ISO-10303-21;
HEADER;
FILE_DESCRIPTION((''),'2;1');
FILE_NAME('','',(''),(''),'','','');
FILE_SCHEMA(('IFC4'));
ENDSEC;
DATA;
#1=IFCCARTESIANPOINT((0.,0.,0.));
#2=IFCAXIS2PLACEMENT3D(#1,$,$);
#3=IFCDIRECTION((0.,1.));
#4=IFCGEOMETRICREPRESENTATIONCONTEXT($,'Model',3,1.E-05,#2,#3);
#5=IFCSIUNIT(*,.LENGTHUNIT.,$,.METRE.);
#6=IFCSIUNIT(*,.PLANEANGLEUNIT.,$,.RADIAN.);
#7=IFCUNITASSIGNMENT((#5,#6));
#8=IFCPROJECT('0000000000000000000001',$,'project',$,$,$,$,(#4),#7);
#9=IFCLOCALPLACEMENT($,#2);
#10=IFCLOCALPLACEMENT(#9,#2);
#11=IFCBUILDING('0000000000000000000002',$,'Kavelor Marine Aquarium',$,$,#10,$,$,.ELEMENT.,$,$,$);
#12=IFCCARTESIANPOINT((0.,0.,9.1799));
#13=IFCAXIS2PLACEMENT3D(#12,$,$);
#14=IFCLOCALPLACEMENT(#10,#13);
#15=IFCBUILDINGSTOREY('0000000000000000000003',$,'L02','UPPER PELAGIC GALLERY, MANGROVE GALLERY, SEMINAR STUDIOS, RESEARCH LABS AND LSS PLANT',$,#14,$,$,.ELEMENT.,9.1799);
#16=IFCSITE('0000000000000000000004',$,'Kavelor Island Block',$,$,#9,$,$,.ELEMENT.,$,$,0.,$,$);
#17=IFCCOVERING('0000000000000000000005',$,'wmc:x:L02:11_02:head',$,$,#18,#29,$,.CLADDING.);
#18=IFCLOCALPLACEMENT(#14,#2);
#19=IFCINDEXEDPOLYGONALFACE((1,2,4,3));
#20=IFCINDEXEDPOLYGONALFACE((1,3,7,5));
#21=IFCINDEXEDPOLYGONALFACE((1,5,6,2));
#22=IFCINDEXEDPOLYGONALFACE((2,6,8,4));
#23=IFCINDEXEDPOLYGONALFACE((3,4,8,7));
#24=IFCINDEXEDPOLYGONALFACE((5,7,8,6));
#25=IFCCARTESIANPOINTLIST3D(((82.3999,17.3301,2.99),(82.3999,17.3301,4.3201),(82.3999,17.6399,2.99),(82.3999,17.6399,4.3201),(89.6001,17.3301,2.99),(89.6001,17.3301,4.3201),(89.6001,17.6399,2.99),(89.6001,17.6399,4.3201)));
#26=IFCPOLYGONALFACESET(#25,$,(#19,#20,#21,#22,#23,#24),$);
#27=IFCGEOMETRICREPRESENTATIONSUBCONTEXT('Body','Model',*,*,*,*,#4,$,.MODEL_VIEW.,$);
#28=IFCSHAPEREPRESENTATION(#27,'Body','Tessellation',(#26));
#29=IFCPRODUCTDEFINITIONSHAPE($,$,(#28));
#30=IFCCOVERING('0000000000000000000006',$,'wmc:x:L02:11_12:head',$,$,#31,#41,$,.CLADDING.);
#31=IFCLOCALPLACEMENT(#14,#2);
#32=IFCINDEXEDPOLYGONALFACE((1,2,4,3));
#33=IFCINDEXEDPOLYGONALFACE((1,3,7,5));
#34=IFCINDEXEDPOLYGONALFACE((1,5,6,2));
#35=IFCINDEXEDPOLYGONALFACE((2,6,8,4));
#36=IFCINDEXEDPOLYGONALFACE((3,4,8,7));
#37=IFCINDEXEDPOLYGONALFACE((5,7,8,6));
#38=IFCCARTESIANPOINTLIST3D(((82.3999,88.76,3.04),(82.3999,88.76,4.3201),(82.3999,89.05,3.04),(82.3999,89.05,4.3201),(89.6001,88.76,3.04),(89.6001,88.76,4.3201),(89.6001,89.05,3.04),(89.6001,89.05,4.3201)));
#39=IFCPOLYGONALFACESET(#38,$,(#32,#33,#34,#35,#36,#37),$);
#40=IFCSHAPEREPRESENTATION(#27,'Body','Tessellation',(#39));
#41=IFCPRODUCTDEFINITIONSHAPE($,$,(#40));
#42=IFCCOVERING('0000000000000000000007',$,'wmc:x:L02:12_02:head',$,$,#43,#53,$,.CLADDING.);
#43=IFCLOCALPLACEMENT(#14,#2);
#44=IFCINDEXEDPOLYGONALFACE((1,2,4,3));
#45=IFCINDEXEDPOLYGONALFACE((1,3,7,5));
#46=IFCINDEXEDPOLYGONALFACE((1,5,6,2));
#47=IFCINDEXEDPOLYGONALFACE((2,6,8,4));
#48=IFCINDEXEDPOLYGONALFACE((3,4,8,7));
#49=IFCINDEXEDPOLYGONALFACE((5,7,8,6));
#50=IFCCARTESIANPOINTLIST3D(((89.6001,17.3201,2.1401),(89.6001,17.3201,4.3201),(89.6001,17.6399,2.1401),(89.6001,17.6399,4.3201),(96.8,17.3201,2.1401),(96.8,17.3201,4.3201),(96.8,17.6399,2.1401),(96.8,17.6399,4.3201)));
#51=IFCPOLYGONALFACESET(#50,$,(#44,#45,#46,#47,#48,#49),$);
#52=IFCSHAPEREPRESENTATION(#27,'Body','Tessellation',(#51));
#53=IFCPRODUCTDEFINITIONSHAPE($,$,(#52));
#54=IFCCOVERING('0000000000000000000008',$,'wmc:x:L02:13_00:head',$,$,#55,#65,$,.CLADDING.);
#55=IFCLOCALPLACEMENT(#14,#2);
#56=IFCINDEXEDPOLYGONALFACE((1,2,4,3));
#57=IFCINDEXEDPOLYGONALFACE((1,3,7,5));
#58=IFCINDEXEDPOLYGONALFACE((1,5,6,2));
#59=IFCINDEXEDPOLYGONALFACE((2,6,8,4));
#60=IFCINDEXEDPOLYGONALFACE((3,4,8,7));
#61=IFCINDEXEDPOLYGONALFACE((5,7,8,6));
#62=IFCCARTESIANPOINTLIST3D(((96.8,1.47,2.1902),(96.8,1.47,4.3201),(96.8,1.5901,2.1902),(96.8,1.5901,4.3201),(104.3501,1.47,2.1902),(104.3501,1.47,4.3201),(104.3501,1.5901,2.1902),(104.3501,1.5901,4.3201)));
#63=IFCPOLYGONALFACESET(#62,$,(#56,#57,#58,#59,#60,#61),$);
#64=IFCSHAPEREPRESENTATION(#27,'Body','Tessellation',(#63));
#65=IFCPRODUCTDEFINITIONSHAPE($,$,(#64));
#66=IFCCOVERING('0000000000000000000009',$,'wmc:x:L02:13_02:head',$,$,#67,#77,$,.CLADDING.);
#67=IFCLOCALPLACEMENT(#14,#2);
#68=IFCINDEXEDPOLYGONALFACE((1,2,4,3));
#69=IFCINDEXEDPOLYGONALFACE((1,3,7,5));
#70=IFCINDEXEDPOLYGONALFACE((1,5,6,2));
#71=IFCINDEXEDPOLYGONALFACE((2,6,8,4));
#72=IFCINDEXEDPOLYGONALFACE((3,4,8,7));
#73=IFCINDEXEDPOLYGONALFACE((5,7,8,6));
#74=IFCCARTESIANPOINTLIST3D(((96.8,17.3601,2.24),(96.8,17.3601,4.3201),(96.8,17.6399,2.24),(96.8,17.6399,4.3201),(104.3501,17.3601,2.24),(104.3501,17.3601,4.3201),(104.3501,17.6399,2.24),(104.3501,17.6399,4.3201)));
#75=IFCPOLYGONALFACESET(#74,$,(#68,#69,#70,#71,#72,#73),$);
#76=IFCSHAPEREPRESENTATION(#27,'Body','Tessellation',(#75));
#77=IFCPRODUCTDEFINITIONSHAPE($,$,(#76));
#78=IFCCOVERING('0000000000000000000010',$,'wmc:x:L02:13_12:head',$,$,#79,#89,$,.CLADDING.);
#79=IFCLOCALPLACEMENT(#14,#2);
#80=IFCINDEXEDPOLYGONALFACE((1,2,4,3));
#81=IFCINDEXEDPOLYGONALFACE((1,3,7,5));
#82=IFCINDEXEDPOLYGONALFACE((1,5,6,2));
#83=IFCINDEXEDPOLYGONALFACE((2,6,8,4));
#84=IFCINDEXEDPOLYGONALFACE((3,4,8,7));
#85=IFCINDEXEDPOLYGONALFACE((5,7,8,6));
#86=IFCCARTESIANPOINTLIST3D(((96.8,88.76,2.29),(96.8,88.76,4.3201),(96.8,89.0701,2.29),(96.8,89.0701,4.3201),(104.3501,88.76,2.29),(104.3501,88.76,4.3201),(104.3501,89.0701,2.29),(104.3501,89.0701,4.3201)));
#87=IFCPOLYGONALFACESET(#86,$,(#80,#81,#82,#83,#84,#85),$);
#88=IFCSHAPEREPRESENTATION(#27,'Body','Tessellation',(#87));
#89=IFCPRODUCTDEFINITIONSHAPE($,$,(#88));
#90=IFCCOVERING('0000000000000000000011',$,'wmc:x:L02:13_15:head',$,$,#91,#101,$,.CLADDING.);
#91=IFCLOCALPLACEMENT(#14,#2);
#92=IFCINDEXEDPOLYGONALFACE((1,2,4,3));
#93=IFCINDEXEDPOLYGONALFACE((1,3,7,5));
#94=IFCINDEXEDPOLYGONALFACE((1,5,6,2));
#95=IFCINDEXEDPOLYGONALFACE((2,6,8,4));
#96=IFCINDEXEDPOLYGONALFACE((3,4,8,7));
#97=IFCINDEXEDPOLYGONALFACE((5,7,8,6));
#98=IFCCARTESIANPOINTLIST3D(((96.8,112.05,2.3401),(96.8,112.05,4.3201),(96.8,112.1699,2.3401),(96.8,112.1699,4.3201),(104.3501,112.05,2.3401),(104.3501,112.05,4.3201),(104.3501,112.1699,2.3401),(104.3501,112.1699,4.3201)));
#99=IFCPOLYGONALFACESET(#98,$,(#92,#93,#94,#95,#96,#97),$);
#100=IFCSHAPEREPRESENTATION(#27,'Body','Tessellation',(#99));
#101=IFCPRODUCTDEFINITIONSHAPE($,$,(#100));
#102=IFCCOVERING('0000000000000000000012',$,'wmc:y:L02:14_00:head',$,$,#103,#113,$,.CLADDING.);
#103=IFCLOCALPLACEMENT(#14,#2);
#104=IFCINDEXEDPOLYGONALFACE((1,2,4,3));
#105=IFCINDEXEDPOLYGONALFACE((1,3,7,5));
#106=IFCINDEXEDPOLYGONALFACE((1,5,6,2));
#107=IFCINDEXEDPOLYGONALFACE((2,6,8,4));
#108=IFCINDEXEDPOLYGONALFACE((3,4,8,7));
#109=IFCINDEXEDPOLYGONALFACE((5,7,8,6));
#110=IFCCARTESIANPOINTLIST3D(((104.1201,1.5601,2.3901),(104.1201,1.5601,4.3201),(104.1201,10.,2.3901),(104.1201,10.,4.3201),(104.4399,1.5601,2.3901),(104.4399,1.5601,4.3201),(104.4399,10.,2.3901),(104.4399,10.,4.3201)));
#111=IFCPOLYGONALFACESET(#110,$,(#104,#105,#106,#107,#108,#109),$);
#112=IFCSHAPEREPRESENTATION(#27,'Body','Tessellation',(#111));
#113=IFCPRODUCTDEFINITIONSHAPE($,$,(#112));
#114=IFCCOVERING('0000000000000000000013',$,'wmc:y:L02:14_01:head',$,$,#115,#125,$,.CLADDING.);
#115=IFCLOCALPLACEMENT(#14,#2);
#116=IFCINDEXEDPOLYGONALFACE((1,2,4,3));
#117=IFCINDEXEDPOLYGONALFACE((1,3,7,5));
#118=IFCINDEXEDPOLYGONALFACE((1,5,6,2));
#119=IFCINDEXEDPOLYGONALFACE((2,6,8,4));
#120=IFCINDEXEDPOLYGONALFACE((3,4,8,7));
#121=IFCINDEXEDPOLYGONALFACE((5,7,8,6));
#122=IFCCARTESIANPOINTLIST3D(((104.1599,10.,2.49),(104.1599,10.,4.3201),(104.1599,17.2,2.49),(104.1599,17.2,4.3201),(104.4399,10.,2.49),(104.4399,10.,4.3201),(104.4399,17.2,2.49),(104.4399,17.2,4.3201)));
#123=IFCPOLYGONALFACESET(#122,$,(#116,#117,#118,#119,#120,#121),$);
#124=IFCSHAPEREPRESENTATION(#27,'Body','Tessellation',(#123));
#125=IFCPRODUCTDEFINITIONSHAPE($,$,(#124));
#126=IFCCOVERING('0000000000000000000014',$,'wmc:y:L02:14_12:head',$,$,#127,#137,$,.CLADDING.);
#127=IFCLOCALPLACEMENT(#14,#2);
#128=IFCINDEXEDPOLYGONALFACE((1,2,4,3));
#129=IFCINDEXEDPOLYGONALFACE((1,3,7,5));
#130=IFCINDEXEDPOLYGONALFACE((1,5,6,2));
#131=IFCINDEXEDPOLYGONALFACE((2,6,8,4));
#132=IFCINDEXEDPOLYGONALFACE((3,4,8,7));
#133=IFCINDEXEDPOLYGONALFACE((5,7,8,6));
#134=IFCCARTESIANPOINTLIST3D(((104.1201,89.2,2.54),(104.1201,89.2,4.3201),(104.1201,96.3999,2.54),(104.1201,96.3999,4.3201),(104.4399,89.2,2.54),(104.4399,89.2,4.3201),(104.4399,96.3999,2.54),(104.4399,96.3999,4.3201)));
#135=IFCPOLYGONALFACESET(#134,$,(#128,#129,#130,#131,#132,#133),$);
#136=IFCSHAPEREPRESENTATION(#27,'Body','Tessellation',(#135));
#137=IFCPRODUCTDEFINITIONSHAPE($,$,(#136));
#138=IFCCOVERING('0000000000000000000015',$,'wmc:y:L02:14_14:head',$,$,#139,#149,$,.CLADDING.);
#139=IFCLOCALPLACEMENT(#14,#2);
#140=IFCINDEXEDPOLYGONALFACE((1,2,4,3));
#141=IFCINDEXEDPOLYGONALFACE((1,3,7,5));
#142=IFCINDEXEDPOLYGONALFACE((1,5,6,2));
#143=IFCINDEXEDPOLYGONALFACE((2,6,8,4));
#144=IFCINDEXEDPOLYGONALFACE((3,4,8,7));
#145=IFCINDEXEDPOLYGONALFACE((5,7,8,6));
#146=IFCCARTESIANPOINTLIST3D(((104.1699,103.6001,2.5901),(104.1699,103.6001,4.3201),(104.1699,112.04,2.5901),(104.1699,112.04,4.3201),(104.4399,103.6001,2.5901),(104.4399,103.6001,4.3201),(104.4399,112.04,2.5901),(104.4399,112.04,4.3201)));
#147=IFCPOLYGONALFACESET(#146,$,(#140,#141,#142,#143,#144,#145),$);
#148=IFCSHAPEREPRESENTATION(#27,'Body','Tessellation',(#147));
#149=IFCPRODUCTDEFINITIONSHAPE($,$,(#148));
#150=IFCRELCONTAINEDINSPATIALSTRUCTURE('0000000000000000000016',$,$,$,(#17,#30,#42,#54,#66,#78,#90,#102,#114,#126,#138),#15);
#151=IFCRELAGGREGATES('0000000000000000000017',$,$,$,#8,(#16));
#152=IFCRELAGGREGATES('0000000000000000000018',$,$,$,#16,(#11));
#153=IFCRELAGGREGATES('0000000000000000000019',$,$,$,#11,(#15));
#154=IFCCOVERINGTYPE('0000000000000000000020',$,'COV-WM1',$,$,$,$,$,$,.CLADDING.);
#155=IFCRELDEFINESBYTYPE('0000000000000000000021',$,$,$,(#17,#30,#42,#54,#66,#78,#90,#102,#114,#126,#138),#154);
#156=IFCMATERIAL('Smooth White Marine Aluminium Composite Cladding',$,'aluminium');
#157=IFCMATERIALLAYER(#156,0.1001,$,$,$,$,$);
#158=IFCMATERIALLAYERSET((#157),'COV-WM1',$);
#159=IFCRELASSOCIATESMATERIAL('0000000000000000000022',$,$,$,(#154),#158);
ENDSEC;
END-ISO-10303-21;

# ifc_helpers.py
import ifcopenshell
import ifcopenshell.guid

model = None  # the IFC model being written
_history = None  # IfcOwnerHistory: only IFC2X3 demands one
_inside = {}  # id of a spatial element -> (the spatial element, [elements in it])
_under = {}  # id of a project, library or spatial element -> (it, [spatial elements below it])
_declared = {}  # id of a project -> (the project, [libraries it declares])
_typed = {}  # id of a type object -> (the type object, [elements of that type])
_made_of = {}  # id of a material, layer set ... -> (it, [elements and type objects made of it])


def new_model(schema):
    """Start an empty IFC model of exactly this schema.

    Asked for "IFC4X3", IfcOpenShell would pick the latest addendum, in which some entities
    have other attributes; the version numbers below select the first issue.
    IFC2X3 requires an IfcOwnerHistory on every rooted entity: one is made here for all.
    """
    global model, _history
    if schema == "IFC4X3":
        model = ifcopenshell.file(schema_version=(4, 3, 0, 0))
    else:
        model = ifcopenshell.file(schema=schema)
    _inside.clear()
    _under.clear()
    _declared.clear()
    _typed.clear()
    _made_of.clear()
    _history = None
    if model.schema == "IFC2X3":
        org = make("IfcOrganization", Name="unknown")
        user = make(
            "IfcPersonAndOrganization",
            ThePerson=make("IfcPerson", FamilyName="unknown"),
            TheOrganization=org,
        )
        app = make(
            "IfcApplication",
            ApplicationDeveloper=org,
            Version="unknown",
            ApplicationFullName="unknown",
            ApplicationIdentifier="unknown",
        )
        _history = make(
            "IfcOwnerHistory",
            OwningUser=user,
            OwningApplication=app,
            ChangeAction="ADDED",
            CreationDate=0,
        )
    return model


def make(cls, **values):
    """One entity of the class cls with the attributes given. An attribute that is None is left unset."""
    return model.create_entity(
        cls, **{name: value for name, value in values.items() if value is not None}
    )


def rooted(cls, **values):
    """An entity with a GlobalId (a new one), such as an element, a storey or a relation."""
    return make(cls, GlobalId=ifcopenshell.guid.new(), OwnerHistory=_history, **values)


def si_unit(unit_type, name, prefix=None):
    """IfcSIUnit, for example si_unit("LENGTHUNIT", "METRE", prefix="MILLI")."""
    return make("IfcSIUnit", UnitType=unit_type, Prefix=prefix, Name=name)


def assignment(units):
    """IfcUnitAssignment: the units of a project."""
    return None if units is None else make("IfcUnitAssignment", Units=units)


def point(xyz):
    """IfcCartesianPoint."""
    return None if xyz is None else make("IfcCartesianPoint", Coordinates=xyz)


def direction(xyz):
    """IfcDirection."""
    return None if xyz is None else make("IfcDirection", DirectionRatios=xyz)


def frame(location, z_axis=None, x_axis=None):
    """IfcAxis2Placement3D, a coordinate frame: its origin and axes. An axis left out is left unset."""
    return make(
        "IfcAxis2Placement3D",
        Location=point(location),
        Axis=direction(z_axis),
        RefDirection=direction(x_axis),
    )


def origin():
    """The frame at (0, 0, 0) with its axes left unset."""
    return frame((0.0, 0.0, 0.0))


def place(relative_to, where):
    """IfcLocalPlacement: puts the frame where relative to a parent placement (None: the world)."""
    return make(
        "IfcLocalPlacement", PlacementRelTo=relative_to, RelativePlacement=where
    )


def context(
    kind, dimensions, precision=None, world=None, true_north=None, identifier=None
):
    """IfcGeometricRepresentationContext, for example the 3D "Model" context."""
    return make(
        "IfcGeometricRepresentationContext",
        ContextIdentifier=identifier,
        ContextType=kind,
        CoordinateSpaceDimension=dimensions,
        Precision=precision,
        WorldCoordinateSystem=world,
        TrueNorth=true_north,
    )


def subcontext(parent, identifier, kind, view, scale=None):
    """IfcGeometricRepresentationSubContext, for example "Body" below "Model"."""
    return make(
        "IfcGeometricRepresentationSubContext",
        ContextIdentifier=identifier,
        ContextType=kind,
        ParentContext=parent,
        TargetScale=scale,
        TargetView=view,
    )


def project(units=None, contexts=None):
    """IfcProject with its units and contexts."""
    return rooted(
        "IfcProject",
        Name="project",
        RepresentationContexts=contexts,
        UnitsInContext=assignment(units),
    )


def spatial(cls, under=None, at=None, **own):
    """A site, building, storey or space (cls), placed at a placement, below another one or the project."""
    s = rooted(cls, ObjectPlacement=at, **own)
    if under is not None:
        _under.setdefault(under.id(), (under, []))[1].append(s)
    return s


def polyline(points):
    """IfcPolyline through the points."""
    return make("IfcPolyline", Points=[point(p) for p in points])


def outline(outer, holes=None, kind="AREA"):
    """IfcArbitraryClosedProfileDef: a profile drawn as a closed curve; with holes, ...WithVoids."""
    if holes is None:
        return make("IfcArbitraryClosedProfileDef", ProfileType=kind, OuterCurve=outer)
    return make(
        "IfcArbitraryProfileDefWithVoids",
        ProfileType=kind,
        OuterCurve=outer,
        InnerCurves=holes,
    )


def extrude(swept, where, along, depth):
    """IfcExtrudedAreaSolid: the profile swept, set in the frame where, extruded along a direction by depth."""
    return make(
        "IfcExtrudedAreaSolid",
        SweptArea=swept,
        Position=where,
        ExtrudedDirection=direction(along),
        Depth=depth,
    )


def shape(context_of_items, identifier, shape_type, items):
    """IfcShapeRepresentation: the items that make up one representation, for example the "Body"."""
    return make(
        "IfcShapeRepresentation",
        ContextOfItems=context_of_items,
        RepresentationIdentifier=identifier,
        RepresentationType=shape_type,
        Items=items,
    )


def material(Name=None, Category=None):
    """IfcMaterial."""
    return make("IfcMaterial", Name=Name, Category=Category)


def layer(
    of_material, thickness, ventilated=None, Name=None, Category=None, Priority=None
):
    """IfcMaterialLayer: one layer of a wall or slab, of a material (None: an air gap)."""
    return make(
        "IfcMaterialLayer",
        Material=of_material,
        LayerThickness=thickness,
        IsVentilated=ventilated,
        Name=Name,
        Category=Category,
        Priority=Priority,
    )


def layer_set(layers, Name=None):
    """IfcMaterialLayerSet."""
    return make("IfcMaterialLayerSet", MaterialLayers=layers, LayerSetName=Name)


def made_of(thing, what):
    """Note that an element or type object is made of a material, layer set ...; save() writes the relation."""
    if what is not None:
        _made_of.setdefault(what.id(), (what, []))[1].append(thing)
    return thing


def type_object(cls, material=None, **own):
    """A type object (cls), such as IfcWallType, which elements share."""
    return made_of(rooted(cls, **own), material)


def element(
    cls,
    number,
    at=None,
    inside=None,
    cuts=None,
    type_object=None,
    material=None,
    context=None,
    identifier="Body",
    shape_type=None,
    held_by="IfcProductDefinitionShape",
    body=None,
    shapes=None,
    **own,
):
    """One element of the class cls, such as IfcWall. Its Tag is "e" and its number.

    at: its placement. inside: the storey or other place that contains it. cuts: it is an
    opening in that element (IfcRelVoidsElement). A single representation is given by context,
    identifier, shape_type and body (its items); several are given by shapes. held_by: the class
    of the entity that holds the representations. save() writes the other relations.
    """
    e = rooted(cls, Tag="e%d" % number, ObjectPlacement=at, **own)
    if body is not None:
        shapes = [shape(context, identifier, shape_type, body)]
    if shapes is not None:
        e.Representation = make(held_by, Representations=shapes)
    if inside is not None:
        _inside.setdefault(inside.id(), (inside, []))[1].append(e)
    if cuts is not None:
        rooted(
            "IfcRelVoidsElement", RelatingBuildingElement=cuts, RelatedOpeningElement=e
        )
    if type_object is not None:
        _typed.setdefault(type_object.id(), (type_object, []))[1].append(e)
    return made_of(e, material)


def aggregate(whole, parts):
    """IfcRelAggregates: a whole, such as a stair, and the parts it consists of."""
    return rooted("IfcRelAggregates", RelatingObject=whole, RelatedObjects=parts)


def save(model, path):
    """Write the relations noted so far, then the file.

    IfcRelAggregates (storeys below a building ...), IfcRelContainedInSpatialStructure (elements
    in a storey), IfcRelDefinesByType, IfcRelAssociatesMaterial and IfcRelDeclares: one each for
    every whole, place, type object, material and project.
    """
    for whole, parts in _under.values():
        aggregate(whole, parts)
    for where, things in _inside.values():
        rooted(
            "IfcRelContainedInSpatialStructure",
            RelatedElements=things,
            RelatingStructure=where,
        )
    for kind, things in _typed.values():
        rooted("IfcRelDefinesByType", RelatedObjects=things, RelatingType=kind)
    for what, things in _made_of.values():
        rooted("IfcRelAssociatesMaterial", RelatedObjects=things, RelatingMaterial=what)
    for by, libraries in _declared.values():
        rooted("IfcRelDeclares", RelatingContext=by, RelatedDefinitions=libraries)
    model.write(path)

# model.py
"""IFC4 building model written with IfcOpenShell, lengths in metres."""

from ifc_helpers import new_model, si_unit, direction, frame, origin, place, context, subcontext, project, spatial, polyline, outline, extrude, material, layer, layer_set, type_object, element, save


model = new_model("IFC4")

# Units and contexts
model_context = context("Model", 3, precision=1e-05, world=origin(), true_north=direction((0.0, 1.0)))
body_context = subcontext(model_context, "Body", "Model", "MODEL_VIEW")
ifc_project = project(units=[si_unit("LENGTHUNIT", "METRE"), si_unit("PLANEANGLEUNIT", "RADIAN")], contexts=[model_context])

# Site, building, storey
site_placement = place(None, origin())
site = spatial("IfcSite", under=ifc_project, at=site_placement, Name="Kavelor Island Block", CompositionType="ELEMENT", RefElevation=0.0)
building_placement = place(site_placement, origin())
building = spatial("IfcBuilding", under=site, at=building_placement, Name="Kavelor Marine Aquarium", CompositionType="ELEMENT")
storey_placement = place(building_placement, frame((0.0, 0.0, 9.1799)))
storey = spatial("IfcBuildingStorey", under=building, at=storey_placement, Name="L02", Description="UPPER PELAGIC GALLERY, MANGROVE GALLERY, SEMINAR STUDIOS, RESEARCH LABS AND LSS PLANT", CompositionType="ELEMENT", Elevation=9.1799)

# Coverings
ifc_material_1 = material(Name="Smooth White Marine Aluminium Composite Cladding", Category="aluminium")
ifc_layer_1 = layer(ifc_material_1, 0.1001)
ifc_layer_set_1 = layer_set([ifc_layer_1], Name="COV-WM1")
covering_type_1 = type_object("IfcCoveringType", Name="COV-WM1", PredefinedType="CLADDING", material=ifc_layer_set_1)
covering_1_placement = place(storey_placement, frame((0.0, 0.0, 2.99)))
element("IfcCovering", 1, at=covering_1_placement, inside=storey, type_object=covering_type_1, Name="wmc:x:L02:11_02:head", PredefinedType="CLADDING", context=body_context, shape_type="SweptSolid", body=[
    extrude(outline(polyline([(82.3999, 17.3301), (89.6001, 17.3301), (89.6001, 17.6399), (82.3999, 17.6399), (82.3999, 17.3301)])), origin(), (0.0, 0.0, 1.0), 1.3301),
])
covering_2_placement = place(storey_placement, frame((0.0, 0.0, 3.04)))
element("IfcCovering", 2, at=covering_2_placement, inside=storey, type_object=covering_type_1, Name="wmc:x:L02:11_12:head", PredefinedType="CLADDING", context=body_context, shape_type="SweptSolid", body=[
    extrude(outline(polyline([(82.3999, 88.76), (89.6001, 88.76), (89.6001, 89.05), (82.3999, 89.05), (82.3999, 88.76)])), origin(), (0.0, 0.0, 1.0), 1.28),
])
covering_3_placement = place(storey_placement, frame((0.0, 0.0, 2.1401)))
element("IfcCovering", 3, at=covering_3_placement, inside=storey, type_object=covering_type_1, Name="wmc:x:L02:12_02:head", PredefinedType="CLADDING", context=body_context, shape_type="SweptSolid", body=[
    extrude(outline(polyline([(89.6001, 17.3201), (96.8, 17.3201), (96.8, 17.6399), (89.6001, 17.6399), (89.6001, 17.3201)])), origin(), (0.0, 0.0, 1.0), 2.1799),
])
covering_4_placement = place(storey_placement, frame((0.0, 0.0, 2.1902)))
element("IfcCovering", 4, at=covering_4_placement, inside=storey, type_object=covering_type_1, Name="wmc:x:L02:13_00:head", PredefinedType="CLADDING", context=body_context, shape_type="SweptSolid", body=[
    extrude(outline(polyline([(96.8, 1.47), (104.3501, 1.47), (104.3501, 1.5901), (96.8, 1.5901), (96.8, 1.47)])), origin(), (0.0, 0.0, 1.0), 2.1299),
])
covering_5_placement = place(storey_placement, frame((0.0, 0.0, 2.24)))
element("IfcCovering", 5, at=covering_5_placement, inside=storey, type_object=covering_type_1, Name="wmc:x:L02:13_02:head", PredefinedType="CLADDING", context=body_context, shape_type="SweptSolid", body=[
    extrude(outline(polyline([(96.8, 17.3601), (104.3501, 17.3601), (104.3501, 17.6399), (96.8, 17.6399), (96.8, 17.3601)])), origin(), (0.0, 0.0, 1.0), 2.0801),
])
covering_6_placement = place(storey_placement, frame((0.0, 0.0, 2.29)))
element("IfcCovering", 6, at=covering_6_placement, inside=storey, type_object=covering_type_1, Name="wmc:x:L02:13_12:head", PredefinedType="CLADDING", context=body_context, shape_type="SweptSolid", body=[
    extrude(outline(polyline([(96.8, 88.76), (104.3501, 88.76), (104.3501, 89.0701), (96.8, 89.0701), (96.8, 88.76)])), origin(), (0.0, 0.0, 1.0), 2.03),
])
covering_7_placement = place(storey_placement, frame((0.0, 0.0, 2.3401)))
element("IfcCovering", 7, at=covering_7_placement, inside=storey, type_object=covering_type_1, Name="wmc:x:L02:13_15:head", PredefinedType="CLADDING", context=body_context, shape_type="SweptSolid", body=[
    extrude(outline(polyline([(96.8, 112.05), (104.3501, 112.05), (104.3501, 112.1699), (96.8, 112.1699), (96.8, 112.05)])), origin(), (0.0, 0.0, 1.0), 1.98),
])
covering_8_placement = place(storey_placement, frame((0.0, 0.0, 2.3901)))
element("IfcCovering", 8, at=covering_8_placement, inside=storey, type_object=covering_type_1, Name="wmc:y:L02:14_00:head", PredefinedType="CLADDING", context=body_context, shape_type="SweptSolid", body=[
    extrude(outline(polyline([(104.1201, 1.5601), (104.4399, 1.5601), (104.4399, 10.0), (104.1201, 10.0), (104.1201, 1.5601)])), origin(), (0.0, 0.0, 1.0), 1.9299),
])
covering_9_placement = place(storey_placement, frame((0.0, 0.0, 2.49)))
element("IfcCovering", 9, at=covering_9_placement, inside=storey, type_object=covering_type_1, Name="wmc:y:L02:14_01:head", PredefinedType="CLADDING", context=body_context, shape_type="SweptSolid", body=[
    extrude(outline(polyline([(104.1599, 10.0), (104.4399, 10.0), (104.4399, 17.2), (104.1599, 17.2), (104.1599, 10.0)])), origin(), (0.0, 0.0, 1.0), 1.8301),
])
covering_10_placement = place(storey_placement, frame((0.0, 0.0, 2.54)))
element("IfcCovering", 10, at=covering_10_placement, inside=storey, type_object=covering_type_1, Name="wmc:y:L02:14_12:head", PredefinedType="CLADDING", context=body_context, shape_type="SweptSolid", body=[
    extrude(outline(polyline([(104.1201, 89.2), (104.4399, 89.2), (104.4399, 96.3999), (104.1201, 96.3999), (104.1201, 89.2)])), origin(), (0.0, 0.0, 1.0), 1.78),
])
covering_11_placement = place(storey_placement, frame((0.0, 0.0, 2.5901)))
element("IfcCovering", 11, at=covering_11_placement, inside=storey, type_object=covering_type_1, Name="wmc:y:L02:14_14:head", PredefinedType="CLADDING", context=body_context, shape_type="SweptSolid", body=[
    extrude(outline(polyline([(104.1699, 103.6001), (104.4399, 103.6001), (104.4399, 112.04), (104.1699, 112.04), (104.1699, 103.6001)])), origin(), (0.0, 0.0, 1.0), 1.73),
])

save(model, "model.ifc")
